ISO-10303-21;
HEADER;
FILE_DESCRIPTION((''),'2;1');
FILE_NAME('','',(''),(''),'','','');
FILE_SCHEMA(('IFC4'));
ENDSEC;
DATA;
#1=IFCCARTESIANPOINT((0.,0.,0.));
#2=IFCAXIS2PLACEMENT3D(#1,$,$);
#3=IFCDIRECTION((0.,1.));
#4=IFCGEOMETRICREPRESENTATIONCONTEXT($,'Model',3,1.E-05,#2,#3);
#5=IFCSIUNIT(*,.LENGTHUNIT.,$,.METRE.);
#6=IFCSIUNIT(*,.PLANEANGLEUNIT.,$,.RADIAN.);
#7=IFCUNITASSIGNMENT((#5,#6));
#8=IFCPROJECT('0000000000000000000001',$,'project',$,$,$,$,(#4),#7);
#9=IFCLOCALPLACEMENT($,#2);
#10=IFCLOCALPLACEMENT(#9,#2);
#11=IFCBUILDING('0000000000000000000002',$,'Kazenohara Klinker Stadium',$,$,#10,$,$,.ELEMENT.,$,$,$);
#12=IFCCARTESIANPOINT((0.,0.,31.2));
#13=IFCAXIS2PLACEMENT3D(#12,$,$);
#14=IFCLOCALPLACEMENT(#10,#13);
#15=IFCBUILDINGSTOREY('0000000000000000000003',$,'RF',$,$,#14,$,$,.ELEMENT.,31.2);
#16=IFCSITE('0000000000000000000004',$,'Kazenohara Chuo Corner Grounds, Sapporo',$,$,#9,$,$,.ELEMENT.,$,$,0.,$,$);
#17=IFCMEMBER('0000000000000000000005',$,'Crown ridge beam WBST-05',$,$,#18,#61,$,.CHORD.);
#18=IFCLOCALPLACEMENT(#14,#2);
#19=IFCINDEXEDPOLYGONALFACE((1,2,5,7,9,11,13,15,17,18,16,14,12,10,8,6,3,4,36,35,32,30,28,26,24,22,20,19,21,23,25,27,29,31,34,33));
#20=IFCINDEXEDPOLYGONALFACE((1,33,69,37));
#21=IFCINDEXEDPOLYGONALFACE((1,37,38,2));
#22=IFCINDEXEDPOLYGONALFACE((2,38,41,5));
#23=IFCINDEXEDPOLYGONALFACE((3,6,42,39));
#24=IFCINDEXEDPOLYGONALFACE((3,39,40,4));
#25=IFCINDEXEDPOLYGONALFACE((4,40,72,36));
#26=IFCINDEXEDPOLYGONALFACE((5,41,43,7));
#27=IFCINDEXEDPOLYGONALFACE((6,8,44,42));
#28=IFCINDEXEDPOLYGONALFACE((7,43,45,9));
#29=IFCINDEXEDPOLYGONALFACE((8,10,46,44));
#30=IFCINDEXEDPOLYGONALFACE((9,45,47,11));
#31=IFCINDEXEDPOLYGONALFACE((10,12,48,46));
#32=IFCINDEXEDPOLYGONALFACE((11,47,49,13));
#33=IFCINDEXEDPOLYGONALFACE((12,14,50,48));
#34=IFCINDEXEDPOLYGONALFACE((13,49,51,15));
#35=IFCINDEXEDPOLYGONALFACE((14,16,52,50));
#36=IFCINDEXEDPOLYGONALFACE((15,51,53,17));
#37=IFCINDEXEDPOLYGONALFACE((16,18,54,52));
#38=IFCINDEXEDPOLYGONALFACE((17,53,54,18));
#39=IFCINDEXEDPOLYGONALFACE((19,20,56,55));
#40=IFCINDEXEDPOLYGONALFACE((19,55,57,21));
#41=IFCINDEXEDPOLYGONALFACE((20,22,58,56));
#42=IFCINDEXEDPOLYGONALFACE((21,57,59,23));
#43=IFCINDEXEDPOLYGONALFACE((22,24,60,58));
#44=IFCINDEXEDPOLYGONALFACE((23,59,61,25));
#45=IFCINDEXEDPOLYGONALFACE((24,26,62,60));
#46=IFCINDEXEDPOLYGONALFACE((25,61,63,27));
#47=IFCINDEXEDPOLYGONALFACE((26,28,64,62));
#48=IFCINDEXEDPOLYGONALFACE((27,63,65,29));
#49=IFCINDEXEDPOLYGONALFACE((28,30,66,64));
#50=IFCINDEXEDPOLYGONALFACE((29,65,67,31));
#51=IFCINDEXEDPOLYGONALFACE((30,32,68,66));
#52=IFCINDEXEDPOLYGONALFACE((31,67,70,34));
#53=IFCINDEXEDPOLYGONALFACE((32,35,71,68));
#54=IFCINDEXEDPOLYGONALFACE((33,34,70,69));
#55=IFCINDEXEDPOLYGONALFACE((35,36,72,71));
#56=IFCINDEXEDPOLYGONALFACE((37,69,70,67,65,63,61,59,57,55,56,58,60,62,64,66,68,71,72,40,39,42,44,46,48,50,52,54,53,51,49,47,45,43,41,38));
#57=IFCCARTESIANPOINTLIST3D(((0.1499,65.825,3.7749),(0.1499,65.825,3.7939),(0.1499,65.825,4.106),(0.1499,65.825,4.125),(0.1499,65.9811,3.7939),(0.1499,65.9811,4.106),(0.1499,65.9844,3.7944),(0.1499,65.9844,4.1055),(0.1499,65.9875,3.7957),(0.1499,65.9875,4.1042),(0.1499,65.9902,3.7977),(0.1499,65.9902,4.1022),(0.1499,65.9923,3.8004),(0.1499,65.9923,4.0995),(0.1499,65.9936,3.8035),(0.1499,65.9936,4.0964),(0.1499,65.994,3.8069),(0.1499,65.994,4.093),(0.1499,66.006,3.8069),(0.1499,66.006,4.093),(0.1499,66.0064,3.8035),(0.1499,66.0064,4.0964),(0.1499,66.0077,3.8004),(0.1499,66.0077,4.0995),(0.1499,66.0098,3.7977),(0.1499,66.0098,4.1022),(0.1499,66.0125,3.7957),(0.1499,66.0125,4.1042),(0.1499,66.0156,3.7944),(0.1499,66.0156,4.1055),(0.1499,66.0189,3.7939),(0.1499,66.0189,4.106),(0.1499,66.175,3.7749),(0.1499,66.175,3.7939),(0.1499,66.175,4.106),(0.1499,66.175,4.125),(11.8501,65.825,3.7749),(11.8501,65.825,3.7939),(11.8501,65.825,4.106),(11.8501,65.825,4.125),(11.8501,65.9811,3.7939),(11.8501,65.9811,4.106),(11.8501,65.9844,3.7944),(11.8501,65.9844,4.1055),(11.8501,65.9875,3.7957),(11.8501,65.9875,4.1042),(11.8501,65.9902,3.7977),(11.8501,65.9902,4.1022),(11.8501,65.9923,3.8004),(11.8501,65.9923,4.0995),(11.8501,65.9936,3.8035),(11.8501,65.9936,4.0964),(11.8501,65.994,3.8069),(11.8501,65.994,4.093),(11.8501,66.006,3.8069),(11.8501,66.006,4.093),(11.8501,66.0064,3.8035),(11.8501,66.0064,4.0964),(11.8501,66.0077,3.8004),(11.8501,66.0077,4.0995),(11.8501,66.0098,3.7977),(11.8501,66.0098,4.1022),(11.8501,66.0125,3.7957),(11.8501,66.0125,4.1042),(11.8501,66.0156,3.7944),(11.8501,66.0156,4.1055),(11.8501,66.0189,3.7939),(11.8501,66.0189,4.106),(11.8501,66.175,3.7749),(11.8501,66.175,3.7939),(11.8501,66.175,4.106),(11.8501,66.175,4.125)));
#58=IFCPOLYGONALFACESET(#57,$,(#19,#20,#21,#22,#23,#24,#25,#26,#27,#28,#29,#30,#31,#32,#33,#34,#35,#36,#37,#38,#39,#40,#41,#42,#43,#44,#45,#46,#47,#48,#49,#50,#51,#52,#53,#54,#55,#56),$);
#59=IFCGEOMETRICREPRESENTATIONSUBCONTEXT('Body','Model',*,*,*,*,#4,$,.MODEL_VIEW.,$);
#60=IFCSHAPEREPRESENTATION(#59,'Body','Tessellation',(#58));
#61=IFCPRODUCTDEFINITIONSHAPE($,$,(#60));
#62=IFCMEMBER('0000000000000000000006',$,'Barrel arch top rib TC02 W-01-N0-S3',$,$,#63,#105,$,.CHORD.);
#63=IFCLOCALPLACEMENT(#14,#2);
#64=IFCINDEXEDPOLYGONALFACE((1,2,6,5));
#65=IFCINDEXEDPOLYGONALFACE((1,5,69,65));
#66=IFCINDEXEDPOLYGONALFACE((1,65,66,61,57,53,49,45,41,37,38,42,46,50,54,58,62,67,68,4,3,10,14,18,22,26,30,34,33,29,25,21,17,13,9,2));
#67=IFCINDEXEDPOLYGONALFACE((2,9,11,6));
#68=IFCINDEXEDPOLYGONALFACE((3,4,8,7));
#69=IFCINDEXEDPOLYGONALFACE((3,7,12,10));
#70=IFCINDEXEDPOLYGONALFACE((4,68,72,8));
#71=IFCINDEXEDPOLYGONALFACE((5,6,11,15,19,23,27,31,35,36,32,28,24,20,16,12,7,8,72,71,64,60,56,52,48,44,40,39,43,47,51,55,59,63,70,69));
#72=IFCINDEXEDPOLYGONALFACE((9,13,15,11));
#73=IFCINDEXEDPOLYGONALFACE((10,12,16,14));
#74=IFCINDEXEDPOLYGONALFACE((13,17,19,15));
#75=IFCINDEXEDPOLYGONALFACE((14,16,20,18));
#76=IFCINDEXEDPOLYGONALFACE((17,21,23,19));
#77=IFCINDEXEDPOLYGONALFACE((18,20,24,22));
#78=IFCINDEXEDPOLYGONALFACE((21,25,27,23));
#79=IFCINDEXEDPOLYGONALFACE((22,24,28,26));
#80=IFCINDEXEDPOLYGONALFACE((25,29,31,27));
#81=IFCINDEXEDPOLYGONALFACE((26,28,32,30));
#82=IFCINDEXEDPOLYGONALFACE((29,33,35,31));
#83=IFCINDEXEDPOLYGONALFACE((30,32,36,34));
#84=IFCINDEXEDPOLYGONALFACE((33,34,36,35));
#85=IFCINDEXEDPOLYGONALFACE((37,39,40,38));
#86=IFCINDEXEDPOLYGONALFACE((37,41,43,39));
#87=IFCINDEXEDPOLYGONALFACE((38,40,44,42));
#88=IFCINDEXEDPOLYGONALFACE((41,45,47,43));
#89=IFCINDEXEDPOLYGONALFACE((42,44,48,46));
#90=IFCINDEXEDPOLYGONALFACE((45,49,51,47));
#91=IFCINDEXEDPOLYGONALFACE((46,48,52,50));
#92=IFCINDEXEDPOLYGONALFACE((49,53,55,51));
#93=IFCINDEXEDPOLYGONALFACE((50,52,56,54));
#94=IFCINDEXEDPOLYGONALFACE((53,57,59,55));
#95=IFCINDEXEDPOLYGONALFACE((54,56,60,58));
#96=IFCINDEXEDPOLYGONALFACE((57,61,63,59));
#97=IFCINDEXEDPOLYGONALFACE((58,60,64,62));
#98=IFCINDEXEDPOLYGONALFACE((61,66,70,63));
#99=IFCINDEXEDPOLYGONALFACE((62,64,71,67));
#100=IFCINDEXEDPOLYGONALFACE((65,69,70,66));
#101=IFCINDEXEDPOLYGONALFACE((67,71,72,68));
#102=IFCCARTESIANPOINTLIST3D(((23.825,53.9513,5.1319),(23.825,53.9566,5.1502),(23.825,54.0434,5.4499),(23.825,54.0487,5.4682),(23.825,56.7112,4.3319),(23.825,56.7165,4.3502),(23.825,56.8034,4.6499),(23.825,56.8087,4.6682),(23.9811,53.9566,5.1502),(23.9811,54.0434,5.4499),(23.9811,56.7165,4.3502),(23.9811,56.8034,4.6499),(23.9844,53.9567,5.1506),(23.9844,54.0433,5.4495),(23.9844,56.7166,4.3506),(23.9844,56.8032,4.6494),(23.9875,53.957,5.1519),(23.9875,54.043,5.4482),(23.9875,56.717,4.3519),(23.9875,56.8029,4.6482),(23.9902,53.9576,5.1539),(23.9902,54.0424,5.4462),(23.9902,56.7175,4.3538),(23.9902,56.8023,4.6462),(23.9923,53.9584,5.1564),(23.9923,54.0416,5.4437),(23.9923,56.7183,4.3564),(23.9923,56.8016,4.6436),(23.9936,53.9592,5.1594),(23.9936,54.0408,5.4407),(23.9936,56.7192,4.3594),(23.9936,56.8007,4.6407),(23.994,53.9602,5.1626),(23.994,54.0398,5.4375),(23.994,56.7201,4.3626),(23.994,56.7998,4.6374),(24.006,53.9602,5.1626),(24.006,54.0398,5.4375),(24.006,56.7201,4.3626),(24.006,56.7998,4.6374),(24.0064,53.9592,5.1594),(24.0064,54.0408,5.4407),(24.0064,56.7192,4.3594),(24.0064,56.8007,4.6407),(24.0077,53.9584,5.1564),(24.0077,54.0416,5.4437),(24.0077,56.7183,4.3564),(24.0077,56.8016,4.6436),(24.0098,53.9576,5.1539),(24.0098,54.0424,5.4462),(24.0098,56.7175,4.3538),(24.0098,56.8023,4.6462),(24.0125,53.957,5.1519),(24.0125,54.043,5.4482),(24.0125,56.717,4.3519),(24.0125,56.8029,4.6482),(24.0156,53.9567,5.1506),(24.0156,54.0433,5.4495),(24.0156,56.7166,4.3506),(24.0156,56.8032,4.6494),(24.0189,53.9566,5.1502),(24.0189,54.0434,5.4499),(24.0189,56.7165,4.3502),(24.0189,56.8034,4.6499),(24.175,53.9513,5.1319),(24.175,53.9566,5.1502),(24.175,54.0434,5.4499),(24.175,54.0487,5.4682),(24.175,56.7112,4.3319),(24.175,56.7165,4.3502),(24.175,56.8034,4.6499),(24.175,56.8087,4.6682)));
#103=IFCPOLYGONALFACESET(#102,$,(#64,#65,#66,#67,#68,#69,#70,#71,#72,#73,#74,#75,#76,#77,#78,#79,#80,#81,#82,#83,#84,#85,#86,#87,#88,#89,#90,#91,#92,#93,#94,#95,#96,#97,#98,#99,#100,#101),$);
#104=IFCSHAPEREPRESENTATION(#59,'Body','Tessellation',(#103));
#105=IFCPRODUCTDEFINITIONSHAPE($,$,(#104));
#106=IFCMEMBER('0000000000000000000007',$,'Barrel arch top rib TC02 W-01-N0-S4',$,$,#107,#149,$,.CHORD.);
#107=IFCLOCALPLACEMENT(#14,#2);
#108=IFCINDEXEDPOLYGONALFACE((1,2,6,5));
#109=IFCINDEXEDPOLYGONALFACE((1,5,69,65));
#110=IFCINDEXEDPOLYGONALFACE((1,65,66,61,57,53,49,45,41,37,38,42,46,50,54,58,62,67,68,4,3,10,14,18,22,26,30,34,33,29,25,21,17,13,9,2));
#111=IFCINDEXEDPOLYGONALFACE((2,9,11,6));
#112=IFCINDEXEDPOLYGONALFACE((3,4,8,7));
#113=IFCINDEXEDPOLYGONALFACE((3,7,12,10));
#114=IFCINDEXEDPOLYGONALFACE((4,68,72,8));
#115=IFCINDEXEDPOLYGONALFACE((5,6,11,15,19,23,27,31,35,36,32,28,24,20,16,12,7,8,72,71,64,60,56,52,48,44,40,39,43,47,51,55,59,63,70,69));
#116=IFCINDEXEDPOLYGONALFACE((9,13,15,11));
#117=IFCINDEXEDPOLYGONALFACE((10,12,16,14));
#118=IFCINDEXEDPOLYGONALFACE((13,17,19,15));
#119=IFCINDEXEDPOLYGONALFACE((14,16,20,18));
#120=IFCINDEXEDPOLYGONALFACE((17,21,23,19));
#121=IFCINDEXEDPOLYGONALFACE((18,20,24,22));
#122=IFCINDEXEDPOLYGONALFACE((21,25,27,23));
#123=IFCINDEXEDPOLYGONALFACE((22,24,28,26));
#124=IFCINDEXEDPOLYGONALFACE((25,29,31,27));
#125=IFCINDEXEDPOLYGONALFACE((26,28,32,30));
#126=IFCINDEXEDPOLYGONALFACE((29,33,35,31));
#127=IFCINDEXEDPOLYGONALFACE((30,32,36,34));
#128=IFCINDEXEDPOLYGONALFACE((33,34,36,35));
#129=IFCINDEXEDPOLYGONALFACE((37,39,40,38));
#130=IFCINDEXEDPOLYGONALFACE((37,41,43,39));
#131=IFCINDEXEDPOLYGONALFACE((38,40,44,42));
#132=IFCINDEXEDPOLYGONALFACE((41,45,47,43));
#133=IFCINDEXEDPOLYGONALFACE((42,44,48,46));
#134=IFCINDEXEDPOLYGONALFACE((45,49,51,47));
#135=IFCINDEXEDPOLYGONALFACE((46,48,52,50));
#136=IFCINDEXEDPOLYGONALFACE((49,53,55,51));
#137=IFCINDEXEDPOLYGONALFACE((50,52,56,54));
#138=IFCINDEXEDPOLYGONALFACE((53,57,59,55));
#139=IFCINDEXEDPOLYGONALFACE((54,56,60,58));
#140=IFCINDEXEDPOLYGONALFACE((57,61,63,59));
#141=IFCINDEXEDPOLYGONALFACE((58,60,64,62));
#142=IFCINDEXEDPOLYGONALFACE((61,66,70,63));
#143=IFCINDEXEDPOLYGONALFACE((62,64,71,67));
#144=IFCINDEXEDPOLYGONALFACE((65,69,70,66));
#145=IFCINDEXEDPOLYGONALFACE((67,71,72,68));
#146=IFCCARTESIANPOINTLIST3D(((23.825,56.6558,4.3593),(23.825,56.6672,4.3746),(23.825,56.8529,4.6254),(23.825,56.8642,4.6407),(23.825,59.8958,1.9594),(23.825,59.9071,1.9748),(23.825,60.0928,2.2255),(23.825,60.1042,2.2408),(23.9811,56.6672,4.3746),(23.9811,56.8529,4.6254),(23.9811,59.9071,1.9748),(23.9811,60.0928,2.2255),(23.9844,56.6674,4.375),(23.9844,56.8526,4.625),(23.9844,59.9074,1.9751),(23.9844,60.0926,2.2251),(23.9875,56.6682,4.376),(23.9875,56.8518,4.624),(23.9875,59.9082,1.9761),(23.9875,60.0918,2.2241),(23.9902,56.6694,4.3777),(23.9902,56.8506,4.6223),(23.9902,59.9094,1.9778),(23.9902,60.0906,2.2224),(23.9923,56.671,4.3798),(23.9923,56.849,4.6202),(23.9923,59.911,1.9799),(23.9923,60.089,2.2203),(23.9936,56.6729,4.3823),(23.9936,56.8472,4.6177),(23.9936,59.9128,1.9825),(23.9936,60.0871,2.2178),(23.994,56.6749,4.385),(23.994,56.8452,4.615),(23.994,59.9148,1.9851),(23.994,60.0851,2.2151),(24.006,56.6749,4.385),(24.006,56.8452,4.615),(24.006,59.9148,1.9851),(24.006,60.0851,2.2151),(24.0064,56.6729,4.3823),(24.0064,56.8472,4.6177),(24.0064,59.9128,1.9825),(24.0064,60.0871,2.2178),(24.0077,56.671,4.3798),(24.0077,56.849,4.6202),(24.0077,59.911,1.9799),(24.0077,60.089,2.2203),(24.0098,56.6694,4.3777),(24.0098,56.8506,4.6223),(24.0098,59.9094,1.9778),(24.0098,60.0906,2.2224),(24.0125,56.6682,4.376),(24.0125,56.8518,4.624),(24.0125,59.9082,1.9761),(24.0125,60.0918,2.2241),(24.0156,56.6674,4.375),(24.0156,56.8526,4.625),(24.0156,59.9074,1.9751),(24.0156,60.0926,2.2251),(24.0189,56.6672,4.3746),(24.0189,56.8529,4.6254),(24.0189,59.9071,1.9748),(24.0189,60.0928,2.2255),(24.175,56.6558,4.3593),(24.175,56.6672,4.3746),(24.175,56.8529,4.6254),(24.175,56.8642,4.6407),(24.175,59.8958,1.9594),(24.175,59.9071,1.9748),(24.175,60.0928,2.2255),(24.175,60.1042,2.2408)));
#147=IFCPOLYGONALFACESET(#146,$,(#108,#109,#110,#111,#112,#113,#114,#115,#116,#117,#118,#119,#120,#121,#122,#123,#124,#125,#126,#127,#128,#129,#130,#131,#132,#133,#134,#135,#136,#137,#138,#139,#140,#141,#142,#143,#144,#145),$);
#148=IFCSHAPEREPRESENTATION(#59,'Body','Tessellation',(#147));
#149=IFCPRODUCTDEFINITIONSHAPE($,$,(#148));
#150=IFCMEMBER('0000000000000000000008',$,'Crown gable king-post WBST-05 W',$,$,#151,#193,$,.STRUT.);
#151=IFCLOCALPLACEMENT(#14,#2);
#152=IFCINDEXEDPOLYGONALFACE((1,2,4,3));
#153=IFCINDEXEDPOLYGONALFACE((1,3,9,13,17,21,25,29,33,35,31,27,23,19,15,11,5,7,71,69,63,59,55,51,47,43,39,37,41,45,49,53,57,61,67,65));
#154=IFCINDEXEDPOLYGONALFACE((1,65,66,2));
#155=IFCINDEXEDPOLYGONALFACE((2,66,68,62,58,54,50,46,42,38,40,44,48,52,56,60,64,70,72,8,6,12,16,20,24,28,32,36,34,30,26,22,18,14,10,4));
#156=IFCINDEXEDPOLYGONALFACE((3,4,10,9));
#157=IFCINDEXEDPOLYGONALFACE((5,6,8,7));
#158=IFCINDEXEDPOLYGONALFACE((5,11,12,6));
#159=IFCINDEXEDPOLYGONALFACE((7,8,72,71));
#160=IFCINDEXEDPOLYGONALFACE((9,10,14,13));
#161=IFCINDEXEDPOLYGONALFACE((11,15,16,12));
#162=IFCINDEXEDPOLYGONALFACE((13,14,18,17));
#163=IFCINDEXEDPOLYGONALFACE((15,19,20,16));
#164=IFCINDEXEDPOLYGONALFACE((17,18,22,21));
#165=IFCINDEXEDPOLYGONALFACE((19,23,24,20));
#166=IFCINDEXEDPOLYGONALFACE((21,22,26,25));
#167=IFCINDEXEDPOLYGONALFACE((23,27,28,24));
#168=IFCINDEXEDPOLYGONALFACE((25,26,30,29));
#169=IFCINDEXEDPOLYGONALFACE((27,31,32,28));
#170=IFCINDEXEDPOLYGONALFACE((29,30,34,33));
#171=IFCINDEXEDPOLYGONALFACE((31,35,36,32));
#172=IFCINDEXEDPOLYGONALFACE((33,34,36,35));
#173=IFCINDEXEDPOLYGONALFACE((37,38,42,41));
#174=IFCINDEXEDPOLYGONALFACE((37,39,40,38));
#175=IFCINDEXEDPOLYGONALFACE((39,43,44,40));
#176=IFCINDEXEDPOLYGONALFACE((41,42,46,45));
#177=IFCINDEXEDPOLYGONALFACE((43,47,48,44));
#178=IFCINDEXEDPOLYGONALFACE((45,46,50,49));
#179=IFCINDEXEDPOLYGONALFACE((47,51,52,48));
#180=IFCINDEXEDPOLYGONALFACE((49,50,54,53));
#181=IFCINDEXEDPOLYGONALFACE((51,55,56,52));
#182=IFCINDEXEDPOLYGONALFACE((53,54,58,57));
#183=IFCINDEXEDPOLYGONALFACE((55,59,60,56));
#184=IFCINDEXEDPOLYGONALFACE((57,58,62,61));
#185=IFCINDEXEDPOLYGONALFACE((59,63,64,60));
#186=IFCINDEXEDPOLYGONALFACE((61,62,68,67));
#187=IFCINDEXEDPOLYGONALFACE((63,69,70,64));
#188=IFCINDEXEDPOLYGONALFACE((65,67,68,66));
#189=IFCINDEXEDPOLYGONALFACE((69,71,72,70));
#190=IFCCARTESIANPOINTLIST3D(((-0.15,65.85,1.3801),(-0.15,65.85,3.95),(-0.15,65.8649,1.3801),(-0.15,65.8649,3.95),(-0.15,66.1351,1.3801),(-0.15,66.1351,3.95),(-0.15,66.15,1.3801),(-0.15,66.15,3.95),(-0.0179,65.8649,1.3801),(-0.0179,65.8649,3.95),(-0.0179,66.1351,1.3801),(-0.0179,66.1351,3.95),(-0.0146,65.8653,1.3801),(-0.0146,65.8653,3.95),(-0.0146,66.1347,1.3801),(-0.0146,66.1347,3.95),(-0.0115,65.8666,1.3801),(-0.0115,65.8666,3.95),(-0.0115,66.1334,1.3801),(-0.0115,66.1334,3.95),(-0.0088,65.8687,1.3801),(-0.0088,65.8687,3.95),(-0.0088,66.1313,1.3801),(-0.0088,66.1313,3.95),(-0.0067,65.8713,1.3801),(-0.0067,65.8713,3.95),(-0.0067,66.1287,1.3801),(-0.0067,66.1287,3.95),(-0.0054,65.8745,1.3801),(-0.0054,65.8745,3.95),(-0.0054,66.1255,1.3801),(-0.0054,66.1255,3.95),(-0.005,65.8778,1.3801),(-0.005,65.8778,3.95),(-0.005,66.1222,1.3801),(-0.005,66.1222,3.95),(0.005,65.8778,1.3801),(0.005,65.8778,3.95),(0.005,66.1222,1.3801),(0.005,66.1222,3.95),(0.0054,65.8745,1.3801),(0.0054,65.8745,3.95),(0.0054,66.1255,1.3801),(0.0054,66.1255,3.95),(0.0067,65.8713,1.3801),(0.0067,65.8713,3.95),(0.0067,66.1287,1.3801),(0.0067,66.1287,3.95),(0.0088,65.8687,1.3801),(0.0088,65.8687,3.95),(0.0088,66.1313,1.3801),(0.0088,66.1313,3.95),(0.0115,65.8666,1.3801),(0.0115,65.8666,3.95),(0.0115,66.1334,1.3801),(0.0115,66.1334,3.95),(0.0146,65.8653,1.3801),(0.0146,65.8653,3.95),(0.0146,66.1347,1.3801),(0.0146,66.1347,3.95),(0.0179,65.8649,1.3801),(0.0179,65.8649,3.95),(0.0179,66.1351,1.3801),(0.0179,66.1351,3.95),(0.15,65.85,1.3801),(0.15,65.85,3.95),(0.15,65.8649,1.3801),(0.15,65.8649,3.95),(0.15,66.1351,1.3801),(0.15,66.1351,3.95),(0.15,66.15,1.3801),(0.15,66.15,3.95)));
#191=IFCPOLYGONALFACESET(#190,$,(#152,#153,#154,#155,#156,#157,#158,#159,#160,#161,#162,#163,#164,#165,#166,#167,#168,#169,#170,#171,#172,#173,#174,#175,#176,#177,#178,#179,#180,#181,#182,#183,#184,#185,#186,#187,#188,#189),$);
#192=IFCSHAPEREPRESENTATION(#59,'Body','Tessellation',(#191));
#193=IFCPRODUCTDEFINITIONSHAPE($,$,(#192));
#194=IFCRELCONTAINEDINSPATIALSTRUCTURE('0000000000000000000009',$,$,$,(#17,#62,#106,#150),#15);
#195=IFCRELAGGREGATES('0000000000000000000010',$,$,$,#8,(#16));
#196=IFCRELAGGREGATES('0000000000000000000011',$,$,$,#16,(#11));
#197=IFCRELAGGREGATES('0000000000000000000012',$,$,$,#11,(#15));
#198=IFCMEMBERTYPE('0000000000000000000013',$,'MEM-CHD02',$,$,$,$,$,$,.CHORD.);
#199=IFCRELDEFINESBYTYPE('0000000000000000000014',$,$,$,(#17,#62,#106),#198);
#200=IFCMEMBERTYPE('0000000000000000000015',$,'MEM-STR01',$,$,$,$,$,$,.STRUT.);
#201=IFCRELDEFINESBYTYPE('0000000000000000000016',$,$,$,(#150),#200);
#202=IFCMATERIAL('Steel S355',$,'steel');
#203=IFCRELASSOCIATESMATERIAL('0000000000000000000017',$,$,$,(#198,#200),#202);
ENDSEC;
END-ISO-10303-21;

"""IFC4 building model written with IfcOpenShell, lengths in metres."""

from ifc_helpers import new_model, si_unit, direction, frame, origin, origin_2d, place, context, subcontext, project, spatial, i_section, extrude, material, material_profile, profile_set, type_object, element, save


model = new_model("IFC4")

# Units and contexts
model_context = context("Model", 3, precision=1e-05, world=origin(), true_north=direction((0.0, 1.0)))
body_context = subcontext(model_context, "Body", "Model", "MODEL_VIEW")
ifc_project = project(units=[si_unit("LENGTHUNIT", "METRE"), si_unit("PLANEANGLEUNIT", "RADIAN")], contexts=[model_context])

# Site, building, storey
site_placement = place(None, origin())
site = spatial("IfcSite", under=ifc_project, at=site_placement, Name="Kazenohara Chuo Corner Grounds, Sapporo", CompositionType="ELEMENT", RefElevation=0.0)
building_placement = place(site_placement, origin())
building = spatial("IfcBuilding", under=site, at=building_placement, Name="Kazenohara Klinker Stadium", CompositionType="ELEMENT")
storey_placement = place(building_placement, frame((0.0, 0.0, 31.2)))
storey = spatial("IfcBuildingStorey", under=building, at=storey_placement, Name="RF", CompositionType="ELEMENT", Elevation=31.2)

# Members
ifc_material_1 = material(Name="Steel S355", Category="steel")
ifc_material_profile_1 = material_profile(ifc_material_1, i_section(OverallWidth=0.3501, OverallDepth=0.3501, WebThickness=0.012, FlangeThickness=0.019, FilletRadius=0.0129, at=origin_2d()), Name="H-350x350x12x19")
ifc_profile_set_1 = profile_set([ifc_material_profile_1], Name="Steel S355")
member_type_1 = type_object("IfcMemberType", Name="MEM-CHD02", PredefinedType="CHORD", material=ifc_profile_set_1)
member_1_placement = place(storey_placement, frame((0.1499, 66.0, 3.95), z_axis=(1.0, 0.0, 0.0), x_axis=(0.0, 1.0, 0.0)))
element("IfcMember", 1, at=member_1_placement, inside=storey, type_object=member_type_1, Name="Crown ridge beam WBST-05", PredefinedType="CHORD", context=body_context, shape_type="SweptSolid", body=[
    extrude(i_section(OverallWidth=0.3501, OverallDepth=0.3501, WebThickness=0.012, FlangeThickness=0.019, FilletRadius=0.0129, at=origin_2d()), origin(), (0.0, 0.0, 1.0), 11.7002),
])
member_2_placement = place(storey_placement, frame((24.0, 54.0, 5.3), z_axis=(0.0, 0.960462, -0.278411), x_axis=(-1.0, 0.0, 0.0)))
element("IfcMember", 2, at=member_2_placement, inside=storey, type_object=member_type_1, Name="Barrel arch top rib TC02 W-01-N0-S3", PredefinedType="CHORD", context=body_context, shape_type="SweptSolid", body=[
    extrude(i_section(OverallWidth=0.3501, OverallDepth=0.3501, WebThickness=0.012, FlangeThickness=0.019, FilletRadius=0.0129, at=origin_2d()), origin(), (0.0, 0.0, 1.0), 2.8735),
])
member_3_placement = place(storey_placement, frame((24.0, 56.76, 4.5), z_axis=(0.0, 0.803568, -0.595213), x_axis=(-1.0, 0.0, 0.0)))
element("IfcMember", 3, at=member_3_placement, inside=storey, type_object=member_type_1, Name="Barrel arch top rib TC02 W-01-N0-S4", PredefinedType="CHORD", context=body_context, shape_type="SweptSolid", body=[
    extrude(i_section(OverallWidth=0.3501, OverallDepth=0.3501, WebThickness=0.012, FlangeThickness=0.019, FilletRadius=0.0129, at=origin_2d()), origin(), (0.0, 0.0, 1.0), 4.032),
])
ifc_material_profile_2 = material_profile(ifc_material_1, i_section(OverallWidth=0.3, OverallDepth=0.3, WebThickness=0.01, FlangeThickness=0.0149, FilletRadius=0.0129, at=origin_2d()), Name="H-300x300x10x15")
ifc_profile_set_2 = profile_set([ifc_material_profile_2], Name="Steel S355")
member_type_2 = type_object("IfcMemberType", Name="MEM-STR01", PredefinedType="STRUT", material=ifc_profile_set_2)
for number, where, z_axis, x_axis, name in (
    (4, (0.0, 66.0, 1.3801), (0.0, 0.0, 1.0), (1.0, 0.0, 0.0), "Crown gable king-post WBST-05 W"),
):
    element("IfcMember", number, at=place(storey_placement, frame(where, z_axis=z_axis, x_axis=x_axis)), inside=storey, type_object=member_type_2, Name=name, PredefinedType="STRUT", context=body_context, shape_type="SweptSolid", body=[
        extrude(i_section(OverallWidth=0.3, OverallDepth=0.3, WebThickness=0.01, FlangeThickness=0.0149, FilletRadius=0.0129, at=origin_2d()), origin(), (0.0, 0.0, 1.0), 2.5698),
    ])

save(model, "model.ifc")
